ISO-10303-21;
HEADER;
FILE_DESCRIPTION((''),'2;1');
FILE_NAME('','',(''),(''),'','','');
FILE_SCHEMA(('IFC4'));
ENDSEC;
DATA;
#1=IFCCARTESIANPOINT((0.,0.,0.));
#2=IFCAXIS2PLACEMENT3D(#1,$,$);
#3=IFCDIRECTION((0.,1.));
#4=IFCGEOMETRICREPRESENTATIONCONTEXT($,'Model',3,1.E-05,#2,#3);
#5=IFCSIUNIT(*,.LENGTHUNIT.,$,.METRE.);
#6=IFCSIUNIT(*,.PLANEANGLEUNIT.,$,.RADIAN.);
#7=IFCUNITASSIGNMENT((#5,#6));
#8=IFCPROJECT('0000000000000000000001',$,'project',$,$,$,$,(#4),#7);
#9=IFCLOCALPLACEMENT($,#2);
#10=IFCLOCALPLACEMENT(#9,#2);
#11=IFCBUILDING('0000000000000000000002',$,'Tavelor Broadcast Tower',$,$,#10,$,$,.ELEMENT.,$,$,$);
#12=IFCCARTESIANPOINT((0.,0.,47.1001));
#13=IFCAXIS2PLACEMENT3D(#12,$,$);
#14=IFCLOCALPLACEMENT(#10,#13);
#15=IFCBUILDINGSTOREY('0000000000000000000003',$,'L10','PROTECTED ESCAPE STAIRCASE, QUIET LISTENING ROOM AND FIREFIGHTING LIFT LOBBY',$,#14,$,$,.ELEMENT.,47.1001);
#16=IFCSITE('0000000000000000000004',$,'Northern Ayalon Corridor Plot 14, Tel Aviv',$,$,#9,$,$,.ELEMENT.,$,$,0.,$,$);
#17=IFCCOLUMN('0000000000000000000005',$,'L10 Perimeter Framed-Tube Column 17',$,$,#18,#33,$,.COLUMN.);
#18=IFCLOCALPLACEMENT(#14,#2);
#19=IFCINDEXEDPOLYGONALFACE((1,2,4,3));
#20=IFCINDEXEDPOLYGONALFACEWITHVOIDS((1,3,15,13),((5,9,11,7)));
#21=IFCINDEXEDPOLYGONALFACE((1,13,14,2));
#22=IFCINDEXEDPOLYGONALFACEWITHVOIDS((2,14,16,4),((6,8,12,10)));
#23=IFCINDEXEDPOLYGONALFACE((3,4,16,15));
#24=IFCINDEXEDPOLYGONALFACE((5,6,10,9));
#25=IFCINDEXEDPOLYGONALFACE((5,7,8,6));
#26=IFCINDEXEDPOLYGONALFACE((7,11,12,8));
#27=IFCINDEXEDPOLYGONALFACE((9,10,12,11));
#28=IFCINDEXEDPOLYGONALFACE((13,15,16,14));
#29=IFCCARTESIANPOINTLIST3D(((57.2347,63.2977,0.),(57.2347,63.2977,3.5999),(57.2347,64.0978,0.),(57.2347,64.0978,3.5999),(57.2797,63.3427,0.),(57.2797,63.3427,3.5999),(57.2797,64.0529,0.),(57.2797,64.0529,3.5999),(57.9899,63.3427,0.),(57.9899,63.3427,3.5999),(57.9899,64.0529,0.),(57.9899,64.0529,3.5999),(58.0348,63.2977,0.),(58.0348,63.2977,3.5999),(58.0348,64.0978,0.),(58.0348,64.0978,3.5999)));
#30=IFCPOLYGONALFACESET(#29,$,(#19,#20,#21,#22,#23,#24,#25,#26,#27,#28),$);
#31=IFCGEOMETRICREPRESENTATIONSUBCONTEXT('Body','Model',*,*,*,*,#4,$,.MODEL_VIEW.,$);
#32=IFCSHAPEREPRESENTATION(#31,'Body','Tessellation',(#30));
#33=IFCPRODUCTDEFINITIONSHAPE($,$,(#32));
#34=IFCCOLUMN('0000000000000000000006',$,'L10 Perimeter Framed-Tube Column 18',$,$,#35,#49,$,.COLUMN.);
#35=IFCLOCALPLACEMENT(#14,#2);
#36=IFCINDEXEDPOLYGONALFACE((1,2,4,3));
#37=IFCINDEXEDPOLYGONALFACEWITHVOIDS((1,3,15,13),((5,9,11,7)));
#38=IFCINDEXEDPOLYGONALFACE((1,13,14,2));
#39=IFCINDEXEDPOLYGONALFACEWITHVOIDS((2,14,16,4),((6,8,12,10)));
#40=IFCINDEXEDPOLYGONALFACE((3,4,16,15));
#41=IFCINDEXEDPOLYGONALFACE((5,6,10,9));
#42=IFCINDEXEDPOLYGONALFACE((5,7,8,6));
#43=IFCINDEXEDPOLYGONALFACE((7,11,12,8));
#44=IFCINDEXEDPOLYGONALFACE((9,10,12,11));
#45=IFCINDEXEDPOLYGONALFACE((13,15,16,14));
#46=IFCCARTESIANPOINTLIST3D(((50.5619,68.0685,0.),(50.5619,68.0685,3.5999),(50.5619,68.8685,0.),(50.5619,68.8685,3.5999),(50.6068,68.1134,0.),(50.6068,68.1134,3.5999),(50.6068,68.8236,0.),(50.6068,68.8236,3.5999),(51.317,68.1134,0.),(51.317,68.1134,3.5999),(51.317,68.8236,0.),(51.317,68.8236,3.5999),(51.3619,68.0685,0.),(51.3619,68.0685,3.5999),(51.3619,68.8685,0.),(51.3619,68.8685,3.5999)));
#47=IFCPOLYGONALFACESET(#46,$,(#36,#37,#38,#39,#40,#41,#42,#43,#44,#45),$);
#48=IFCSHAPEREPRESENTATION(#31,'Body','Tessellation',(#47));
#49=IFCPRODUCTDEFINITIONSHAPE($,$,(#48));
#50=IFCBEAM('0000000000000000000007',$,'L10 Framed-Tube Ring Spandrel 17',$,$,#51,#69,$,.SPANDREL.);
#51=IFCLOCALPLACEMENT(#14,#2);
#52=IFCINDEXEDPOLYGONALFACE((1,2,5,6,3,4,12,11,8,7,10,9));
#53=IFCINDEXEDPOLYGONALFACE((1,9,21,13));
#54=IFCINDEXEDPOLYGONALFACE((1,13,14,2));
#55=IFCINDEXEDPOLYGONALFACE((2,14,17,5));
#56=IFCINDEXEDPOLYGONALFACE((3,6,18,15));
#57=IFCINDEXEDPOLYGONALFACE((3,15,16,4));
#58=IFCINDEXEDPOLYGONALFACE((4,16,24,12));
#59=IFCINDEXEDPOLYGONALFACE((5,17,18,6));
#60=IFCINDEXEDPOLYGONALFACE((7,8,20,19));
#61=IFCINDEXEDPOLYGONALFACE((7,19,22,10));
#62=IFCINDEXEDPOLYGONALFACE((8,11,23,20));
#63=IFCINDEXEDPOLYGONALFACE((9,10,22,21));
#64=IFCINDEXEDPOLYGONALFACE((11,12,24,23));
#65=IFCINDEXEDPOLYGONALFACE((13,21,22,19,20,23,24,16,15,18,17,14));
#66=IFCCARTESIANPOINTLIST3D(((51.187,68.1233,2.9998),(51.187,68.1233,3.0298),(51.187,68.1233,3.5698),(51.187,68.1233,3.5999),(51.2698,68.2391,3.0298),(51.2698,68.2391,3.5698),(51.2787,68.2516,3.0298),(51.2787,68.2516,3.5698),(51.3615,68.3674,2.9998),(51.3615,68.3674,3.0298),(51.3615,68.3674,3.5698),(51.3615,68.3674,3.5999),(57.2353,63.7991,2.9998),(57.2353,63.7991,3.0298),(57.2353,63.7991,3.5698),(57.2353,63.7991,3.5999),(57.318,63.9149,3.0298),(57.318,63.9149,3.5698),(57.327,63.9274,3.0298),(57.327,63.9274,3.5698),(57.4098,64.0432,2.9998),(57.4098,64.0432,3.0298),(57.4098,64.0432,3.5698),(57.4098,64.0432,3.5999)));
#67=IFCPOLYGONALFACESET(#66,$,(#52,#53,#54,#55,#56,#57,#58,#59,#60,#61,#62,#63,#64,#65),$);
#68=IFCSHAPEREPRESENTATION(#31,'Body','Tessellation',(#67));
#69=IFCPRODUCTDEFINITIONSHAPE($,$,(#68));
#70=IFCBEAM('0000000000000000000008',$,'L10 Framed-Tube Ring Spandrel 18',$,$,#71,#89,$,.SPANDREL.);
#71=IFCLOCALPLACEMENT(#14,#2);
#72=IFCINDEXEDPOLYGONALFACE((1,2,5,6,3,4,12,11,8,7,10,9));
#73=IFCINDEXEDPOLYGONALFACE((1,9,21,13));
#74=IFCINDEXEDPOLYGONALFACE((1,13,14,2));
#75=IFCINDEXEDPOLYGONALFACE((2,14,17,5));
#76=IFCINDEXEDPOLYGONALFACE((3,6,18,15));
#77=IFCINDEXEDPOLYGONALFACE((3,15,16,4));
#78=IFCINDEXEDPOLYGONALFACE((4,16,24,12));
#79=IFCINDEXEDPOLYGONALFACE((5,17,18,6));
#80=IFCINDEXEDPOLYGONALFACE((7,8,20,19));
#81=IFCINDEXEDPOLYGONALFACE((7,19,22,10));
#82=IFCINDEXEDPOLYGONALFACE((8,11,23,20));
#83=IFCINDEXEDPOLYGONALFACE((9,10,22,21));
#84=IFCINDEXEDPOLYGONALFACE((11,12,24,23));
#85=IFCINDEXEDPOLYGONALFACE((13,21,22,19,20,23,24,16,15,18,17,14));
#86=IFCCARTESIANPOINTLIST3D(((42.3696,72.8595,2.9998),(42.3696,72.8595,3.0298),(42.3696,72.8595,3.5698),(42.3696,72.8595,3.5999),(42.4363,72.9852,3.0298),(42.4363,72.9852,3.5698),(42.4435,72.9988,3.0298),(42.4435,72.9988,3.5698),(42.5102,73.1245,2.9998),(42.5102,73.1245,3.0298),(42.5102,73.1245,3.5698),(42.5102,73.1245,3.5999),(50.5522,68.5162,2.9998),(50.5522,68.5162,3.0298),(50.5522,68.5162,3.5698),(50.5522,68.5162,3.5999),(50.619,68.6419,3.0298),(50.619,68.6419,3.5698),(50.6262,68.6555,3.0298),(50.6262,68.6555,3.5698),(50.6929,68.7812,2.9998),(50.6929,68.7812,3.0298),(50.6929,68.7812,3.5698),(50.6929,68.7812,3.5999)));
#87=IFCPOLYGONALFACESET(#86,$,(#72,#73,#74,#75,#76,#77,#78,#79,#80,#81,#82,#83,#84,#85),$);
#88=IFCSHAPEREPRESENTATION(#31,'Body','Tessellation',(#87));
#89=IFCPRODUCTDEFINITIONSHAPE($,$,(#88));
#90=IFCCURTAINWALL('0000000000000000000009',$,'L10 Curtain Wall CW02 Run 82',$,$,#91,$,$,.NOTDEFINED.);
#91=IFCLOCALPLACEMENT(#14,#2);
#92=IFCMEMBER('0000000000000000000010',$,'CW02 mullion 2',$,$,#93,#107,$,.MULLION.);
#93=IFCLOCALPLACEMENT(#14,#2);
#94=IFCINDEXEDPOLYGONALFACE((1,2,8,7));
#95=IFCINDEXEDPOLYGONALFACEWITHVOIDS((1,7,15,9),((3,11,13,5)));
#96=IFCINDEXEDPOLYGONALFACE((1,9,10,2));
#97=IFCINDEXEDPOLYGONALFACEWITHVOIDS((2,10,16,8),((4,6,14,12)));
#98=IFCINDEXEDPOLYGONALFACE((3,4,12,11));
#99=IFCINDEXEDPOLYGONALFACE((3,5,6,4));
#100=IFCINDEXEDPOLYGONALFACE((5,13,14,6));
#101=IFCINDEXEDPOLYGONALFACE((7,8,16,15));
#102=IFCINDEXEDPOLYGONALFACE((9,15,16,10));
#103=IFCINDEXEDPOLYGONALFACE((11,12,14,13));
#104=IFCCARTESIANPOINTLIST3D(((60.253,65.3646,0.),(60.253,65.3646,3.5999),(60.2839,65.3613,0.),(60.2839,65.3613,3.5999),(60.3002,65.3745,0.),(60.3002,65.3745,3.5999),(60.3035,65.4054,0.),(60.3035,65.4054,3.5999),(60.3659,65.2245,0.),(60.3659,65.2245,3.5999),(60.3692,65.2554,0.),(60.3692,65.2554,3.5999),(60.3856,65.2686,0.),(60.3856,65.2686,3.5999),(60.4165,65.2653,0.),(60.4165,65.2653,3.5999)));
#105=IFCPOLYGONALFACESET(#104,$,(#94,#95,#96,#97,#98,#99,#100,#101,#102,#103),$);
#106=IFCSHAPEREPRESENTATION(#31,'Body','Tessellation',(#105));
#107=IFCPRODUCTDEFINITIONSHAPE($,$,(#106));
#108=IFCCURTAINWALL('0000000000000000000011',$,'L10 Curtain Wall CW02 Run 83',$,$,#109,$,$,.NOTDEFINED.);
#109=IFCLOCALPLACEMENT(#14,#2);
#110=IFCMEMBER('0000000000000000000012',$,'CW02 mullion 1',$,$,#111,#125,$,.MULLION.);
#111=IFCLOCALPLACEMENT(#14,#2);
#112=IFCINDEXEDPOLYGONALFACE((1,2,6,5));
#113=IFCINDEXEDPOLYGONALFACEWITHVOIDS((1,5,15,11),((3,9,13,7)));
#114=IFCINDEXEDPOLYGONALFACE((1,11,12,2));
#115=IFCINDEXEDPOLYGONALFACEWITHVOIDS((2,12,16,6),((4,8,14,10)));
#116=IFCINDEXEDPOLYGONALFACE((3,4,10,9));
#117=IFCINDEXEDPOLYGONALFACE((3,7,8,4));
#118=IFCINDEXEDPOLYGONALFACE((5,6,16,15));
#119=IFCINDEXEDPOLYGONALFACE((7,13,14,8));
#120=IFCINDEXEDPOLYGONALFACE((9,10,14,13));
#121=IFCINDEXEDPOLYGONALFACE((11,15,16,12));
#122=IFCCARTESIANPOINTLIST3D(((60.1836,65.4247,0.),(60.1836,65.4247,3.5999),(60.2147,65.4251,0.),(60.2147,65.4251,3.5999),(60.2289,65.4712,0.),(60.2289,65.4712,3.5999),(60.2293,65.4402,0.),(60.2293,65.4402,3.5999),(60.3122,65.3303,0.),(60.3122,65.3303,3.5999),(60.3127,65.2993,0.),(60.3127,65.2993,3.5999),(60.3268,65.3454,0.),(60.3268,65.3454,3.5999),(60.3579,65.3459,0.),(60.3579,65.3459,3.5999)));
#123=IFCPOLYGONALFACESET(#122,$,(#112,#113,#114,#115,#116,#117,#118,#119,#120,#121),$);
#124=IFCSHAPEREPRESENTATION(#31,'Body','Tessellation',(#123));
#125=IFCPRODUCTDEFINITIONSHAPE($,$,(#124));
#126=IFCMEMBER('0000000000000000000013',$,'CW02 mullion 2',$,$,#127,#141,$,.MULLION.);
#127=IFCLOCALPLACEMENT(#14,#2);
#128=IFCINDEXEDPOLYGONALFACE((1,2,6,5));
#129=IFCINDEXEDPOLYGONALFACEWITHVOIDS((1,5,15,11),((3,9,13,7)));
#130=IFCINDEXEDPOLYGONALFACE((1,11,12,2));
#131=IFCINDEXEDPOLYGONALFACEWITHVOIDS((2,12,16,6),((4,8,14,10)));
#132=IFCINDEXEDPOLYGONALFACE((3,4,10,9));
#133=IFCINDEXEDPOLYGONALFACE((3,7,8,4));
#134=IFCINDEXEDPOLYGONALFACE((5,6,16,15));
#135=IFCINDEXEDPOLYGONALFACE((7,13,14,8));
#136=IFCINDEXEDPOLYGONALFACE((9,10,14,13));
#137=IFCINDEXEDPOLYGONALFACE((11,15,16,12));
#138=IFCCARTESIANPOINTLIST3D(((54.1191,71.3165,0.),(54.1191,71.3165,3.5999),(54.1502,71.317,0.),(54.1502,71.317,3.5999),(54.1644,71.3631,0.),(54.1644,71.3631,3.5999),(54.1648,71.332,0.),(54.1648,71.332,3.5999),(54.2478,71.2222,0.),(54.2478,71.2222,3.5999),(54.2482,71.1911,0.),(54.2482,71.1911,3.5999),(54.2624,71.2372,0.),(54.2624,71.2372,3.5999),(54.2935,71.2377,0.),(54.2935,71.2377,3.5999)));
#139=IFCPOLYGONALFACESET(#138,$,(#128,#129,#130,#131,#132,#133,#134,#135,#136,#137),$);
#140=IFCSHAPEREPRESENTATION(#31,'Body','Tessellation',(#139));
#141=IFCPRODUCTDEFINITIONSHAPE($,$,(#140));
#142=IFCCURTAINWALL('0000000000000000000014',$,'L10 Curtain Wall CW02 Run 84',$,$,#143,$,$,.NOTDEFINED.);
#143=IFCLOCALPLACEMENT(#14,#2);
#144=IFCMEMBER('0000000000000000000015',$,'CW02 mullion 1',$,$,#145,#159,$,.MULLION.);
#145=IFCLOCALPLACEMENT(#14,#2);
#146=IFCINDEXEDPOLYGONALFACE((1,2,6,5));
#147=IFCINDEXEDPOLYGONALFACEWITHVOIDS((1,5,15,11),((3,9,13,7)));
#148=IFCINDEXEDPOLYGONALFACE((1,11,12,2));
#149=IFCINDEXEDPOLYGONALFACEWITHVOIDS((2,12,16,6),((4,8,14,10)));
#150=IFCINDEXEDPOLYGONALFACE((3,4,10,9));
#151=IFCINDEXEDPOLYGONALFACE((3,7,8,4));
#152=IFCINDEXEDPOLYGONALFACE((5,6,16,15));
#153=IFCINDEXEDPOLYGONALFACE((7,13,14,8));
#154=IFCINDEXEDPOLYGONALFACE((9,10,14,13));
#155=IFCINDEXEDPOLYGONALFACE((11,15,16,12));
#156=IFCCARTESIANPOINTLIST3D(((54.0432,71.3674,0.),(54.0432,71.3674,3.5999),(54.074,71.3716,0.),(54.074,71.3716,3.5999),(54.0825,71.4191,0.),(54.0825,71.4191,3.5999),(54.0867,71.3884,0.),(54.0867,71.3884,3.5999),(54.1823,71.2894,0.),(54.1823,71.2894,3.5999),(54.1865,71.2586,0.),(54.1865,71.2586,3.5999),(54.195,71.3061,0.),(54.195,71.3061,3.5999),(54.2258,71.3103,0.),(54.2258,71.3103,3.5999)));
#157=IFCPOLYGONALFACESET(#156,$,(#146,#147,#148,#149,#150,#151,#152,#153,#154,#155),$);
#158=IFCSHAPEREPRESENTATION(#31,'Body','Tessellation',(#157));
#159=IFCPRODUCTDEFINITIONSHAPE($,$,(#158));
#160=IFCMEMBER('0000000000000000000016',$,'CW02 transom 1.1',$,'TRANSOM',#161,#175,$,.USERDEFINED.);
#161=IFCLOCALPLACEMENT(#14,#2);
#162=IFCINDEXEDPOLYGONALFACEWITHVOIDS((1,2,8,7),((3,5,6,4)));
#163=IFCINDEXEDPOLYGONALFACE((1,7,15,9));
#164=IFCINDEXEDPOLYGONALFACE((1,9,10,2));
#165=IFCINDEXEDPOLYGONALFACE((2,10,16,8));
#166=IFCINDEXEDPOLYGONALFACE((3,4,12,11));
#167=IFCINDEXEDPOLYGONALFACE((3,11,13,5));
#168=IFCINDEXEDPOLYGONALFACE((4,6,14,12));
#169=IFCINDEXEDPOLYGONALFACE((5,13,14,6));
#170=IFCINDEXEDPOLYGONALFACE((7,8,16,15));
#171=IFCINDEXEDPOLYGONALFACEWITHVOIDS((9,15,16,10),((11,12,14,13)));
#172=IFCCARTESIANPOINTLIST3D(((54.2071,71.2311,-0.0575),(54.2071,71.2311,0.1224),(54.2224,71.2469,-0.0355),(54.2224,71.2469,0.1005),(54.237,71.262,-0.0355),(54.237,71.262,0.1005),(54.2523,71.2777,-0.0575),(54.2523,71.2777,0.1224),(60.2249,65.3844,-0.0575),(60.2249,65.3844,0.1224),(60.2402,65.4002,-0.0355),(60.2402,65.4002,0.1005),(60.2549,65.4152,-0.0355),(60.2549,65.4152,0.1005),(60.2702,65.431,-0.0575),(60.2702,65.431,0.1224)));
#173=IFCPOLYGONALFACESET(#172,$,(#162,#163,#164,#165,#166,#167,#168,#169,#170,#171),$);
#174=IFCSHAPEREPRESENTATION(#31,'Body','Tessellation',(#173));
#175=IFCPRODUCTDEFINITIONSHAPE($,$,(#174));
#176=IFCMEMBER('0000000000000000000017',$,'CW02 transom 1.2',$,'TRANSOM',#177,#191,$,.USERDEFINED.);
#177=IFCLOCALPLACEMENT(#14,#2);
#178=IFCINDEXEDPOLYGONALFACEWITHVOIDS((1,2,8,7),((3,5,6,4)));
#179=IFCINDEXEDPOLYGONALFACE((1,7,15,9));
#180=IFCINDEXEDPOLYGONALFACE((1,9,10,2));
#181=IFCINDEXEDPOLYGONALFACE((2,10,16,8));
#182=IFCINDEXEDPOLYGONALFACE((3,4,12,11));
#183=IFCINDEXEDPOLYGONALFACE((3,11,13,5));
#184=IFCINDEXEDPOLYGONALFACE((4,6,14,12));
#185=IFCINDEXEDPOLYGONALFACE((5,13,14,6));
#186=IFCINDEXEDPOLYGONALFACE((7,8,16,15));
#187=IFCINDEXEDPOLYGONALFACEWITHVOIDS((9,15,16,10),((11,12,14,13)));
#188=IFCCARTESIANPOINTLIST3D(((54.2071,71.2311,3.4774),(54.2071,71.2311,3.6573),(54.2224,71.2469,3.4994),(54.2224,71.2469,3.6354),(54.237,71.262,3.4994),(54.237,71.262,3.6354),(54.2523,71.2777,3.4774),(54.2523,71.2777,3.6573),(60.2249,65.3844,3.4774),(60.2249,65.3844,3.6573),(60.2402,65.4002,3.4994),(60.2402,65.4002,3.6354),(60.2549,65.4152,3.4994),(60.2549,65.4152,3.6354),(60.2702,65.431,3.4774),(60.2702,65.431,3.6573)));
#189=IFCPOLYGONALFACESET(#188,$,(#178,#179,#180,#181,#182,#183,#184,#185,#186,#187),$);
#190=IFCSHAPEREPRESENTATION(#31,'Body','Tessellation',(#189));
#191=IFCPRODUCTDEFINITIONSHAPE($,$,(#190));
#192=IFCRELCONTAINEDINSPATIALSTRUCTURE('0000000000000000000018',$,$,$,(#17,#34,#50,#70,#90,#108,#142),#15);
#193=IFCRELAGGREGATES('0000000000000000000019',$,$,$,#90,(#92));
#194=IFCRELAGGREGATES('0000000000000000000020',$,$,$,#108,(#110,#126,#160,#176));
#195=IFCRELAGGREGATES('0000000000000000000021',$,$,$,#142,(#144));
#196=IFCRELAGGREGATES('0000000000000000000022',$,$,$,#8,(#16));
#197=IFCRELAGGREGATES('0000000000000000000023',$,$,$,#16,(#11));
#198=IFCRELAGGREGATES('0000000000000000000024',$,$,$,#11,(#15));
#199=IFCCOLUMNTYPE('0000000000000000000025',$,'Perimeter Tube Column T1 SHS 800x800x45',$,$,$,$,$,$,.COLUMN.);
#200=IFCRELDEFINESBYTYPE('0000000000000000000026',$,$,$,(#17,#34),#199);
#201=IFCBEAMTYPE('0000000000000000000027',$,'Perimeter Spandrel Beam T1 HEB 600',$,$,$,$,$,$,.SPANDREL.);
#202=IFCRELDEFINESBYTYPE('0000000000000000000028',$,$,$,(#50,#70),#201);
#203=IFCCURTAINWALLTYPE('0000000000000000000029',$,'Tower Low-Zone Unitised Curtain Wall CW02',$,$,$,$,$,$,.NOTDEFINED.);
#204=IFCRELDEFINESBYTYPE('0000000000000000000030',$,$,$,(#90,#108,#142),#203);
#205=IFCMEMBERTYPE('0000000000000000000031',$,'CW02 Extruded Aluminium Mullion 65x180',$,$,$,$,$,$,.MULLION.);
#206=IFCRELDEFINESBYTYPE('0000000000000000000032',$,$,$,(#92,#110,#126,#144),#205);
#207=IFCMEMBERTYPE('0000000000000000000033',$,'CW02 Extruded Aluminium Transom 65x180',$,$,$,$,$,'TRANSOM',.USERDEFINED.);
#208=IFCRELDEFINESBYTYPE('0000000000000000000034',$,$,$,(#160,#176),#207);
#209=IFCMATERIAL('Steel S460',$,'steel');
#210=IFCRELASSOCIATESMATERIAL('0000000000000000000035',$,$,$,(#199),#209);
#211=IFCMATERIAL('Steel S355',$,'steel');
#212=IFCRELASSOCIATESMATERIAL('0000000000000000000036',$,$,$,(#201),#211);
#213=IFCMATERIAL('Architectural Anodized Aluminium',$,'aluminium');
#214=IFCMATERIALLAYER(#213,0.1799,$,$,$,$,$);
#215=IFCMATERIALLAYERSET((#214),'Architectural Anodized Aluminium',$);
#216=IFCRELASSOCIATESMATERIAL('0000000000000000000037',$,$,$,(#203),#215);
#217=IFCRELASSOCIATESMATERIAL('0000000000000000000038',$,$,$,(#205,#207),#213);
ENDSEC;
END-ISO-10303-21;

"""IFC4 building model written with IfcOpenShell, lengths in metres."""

from ifc_helpers import new_model, si_unit, direction, frame, origin, origin_2d, place, context, subcontext, project, spatial, hollow_rectangle, i_section, extrude, source, transform, mapped, material, layer, layer_set, material_profile, profile_set, type_object, type_shapes, element, aggregate, save


model = new_model("IFC4")

# Units and contexts
model_context = context("Model", 3, precision=1e-05, world=origin(), true_north=direction((0.0, 1.0)))
body_context = subcontext(model_context, "Body", "Model", "MODEL_VIEW")
ifc_project = project(units=[si_unit("LENGTHUNIT", "METRE"), si_unit("PLANEANGLEUNIT", "RADIAN")], contexts=[model_context])

# Site, building, storey
site_placement = place(None, origin())
site = spatial("IfcSite", under=ifc_project, at=site_placement, Name="Northern Ayalon Corridor Plot 14, Tel Aviv", CompositionType="ELEMENT", RefElevation=0.0)
building_placement = place(site_placement, origin())
building = spatial("IfcBuilding", under=site, at=building_placement, Name="Tavelor Broadcast Tower", CompositionType="ELEMENT")
storey_placement = place(building_placement, frame((0.0, 0.0, 47.1001)))
storey = spatial("IfcBuildingStorey", under=building, at=storey_placement, Name="L10", Description="PROTECTED ESCAPE STAIRCASE, QUIET LISTENING ROOM AND FIREFIGHTING LIFT LOBBY", CompositionType="ELEMENT", Elevation=47.1001)

# Columns
ifc_material_1 = material(Name="Steel S460", Category="steel")
ifc_material_profile_1 = material_profile(ifc_material_1, hollow_rectangle(XDim=0.8, YDim=0.8, WallThickness=0.0449, at=origin_2d()), Name="SHS 800x800x45")
ifc_profile_set_1 = profile_set([ifc_material_profile_1], Name="Steel S460")
column_type = type_object("IfcColumnType", Name="Perimeter Tube Column T1 SHS 800x800x45", PredefinedType="COLUMN", material=ifc_profile_set_1)
for number, where, z_axis, x_axis, name in (
    (1, (57.6348, 63.6978, 0.0), (0.0, 0.0, 1.0), (1.0, 0.0, 0.0), "L10 Perimeter Framed-Tube Column 17"),
    (2, (50.9619, 68.4685, 0.0), (0.0, 0.0, 1.0), (1.0, 0.0, 0.0), "L10 Perimeter Framed-Tube Column 18"),
):
    element("IfcColumn", number, at=place(storey_placement, frame(where, z_axis=z_axis, x_axis=x_axis)), inside=storey, type_object=column_type, Name=name, PredefinedType="COLUMN", context=body_context, shape_type="SweptSolid", body=[
        extrude(hollow_rectangle(XDim=0.8, YDim=0.8, WallThickness=0.0449, at=origin_2d()), origin(), (0.0, 0.0, 1.0), 3.5999),
    ])

# Beams
ifc_material_2 = material(Name="Steel S355", Category="steel")
ifc_material_profile_2 = material_profile(ifc_material_2, i_section(OverallWidth=0.3, OverallDepth=0.6001, WebThickness=0.0154, FlangeThickness=0.03, at=origin_2d()), Name="HEB 600")
ifc_profile_set_2 = profile_set([ifc_material_profile_2], Name="Steel S355")
beam_type = type_object("IfcBeamType", Name="Perimeter Spandrel Beam T1 HEB 600", PredefinedType="SPANDREL", material=ifc_profile_set_2)
beam_1_placement = place(storey_placement, frame((57.3225, 63.9211, 3.2998), z_axis=(-0.81348, 0.581592, 0.0), x_axis=(-0.581592, -0.81348, 0.0)))
element("IfcBeam", 3, at=beam_1_placement, inside=storey, type_object=beam_type, Name="L10 Framed-Tube Ring Spandrel 17", PredefinedType="SPANDREL", context=body_context, shape_type="SweptSolid", body=[
    extrude(i_section(OverallWidth=0.3, OverallDepth=0.6001, WebThickness=0.0154, FlangeThickness=0.03, at=origin_2d()), origin(), (0.0, 0.0, 1.0), 7.4351),
])
beam_2_placement = place(storey_placement, frame((50.6226, 68.6487, 3.2998), z_axis=(-0.883284, 0.468839, 0.0), x_axis=(-0.468839, -0.883284, 0.0)))
element("IfcBeam", 4, at=beam_2_placement, inside=storey, type_object=beam_type, Name="L10 Framed-Tube Ring Spandrel 18", PredefinedType="SPANDREL", context=body_context, shape_type="SweptSolid", body=[
    extrude(i_section(OverallWidth=0.3, OverallDepth=0.6001, WebThickness=0.0154, FlangeThickness=0.03, at=origin_2d()), origin(), (0.0, 0.0, 1.0), 9.2639),
])

# Curtain wall, member
ifc_material_3 = material(Name="Architectural Anodized Aluminium", Category="aluminium")
ifc_layer_1 = layer(ifc_material_3, 0.1799)
ifc_layer_set_1 = layer_set([ifc_layer_1], Name="Architectural Anodized Aluminium")
curtain_wall_type = type_object("IfcCurtainWallType", Name="Tower Low-Zone Unitised Curtain Wall CW02", PredefinedType="NOTDEFINED", material=ifc_layer_set_1)
curtain_wall_1_placement = place(storey_placement, origin())
curtain_wall_1 = element("IfcCurtainWall", 5, at=curtain_wall_1_placement, inside=storey, type_object=curtain_wall_type, Name="L10 Curtain Wall CW02 Run 82", PredefinedType="NOTDEFINED")
ifc_material_profile_3 = material_profile(ifc_material_3, hollow_rectangle(XDim=0.0649, YDim=0.1799, WallThickness=0.022, at=origin_2d()), Name="RHS 65x180x22")
ifc_profile_set_3 = profile_set([ifc_material_profile_3], Name="Architectural Anodized Aluminium")
member_type_1 = type_object("IfcMemberType", Name="CW02 Extruded Aluminium Mullion 65x180", PredefinedType="MULLION", material=ifc_profile_set_3)
shared_shape_1 = source(origin(), body_context, "Body", "SweptSolid", [
    extrude(hollow_rectangle(XDim=0.0649, YDim=0.1799, WallThickness=0.022, at=origin_2d()), origin(), (0.0, 0.0, 1.0), 3.5999),
])
type_shapes(member_type_1, [shared_shape_1])
member_1_placement = place(storey_placement, frame((60.3347, 65.3149, 0.0), z_axis=(0.0, 0.0, 1.0), x_axis=(-0.778514, -0.627628, 0.0)))
member_1 = element("IfcMember", 6, at=member_1_placement, type_object=member_type_1, Name="CW02 mullion 2", PredefinedType="MULLION", context=body_context, shape_type="MappedRepresentation", body=[
    mapped(shared_shape_1, transform((0.0, 0.0, 0.0), scale=1.0)),
])
aggregate(curtain_wall_1, [member_1])

# Curtain wall, members
curtain_wall_2_placement = place(storey_placement, origin())
curtain_wall_2 = element("IfcCurtainWall", 7, at=curtain_wall_2_placement, inside=storey, type_object=curtain_wall_type, Name="L10 Curtain Wall CW02 Run 83", PredefinedType="NOTDEFINED")
member_2_placement = place(storey_placement, frame((60.2708, 65.3853, 0.0), z_axis=(0.0, 0.0, 1.0), x_axis=(-0.696834, -0.717232, 0.0)))
member_2 = element("IfcMember", 8, at=member_2_placement, type_object=member_type_1, Name="CW02 mullion 1", PredefinedType="MULLION", context=body_context, shape_type="MappedRepresentation", body=[
    mapped(shared_shape_1, transform((0.0, 0.0, 0.0), scale=1.0)),
])
member_3_placement = place(storey_placement, frame((54.2063, 71.2771, 0.0), z_axis=(0.0, 0.0, 1.0), x_axis=(-0.696834, -0.717232, 0.0)))
member_3 = element("IfcMember", 9, at=member_3_placement, type_object=member_type_1, Name="CW02 mullion 2", PredefinedType="MULLION", context=body_context, shape_type="MappedRepresentation", body=[
    mapped(shared_shape_1, transform((0.0, 0.0, 0.0), scale=1.0)),
])

# Curtain wall, member
curtain_wall_3_placement = place(storey_placement, origin())
curtain_wall_3 = element("IfcCurtainWall", 10, at=curtain_wall_3_placement, inside=storey, type_object=curtain_wall_type, Name="L10 Curtain Wall CW02 Run 84", PredefinedType="NOTDEFINED")
member_4_placement = place(storey_placement, frame((54.1345, 71.3389, 0.0), z_axis=(0.0, 0.0, 1.0), x_axis=(-0.604939, -0.796272, 0.0)))
member_4 = element("IfcMember", 11, at=member_4_placement, type_object=member_type_1, Name="CW02 mullion 1", PredefinedType="MULLION", context=body_context, shape_type="MappedRepresentation", body=[
    mapped(shared_shape_1, transform((0.0, 0.0, 0.0), scale=1.0)),
])

# Members
ifc_material_profile_4 = material_profile(ifc_material_3, hollow_rectangle(XDim=0.0649, YDim=0.1799, WallThickness=0.022, at=origin_2d()), Name="RHS 65x180x22")
ifc_profile_set_4 = profile_set([ifc_material_profile_4], Name="Architectural Anodized Aluminium")
member_type_2 = type_object("IfcMemberType", Name="CW02 Extruded Aluminium Transom 65x180", ElementType="TRANSOM", PredefinedType="USERDEFINED", material=ifc_profile_set_4)
shared_shape_2 = source(origin(), body_context, "Body", "SweptSolid", [
    extrude(hollow_rectangle(XDim=0.0649, YDim=0.1799, WallThickness=0.022, at=origin_2d()), origin(), (0.0, 0.0, 1.0), 8.3904),
])
member_5_placement = place(storey_placement, frame((60.2476, 65.4077, 0.0325), z_axis=(-0.717232, 0.696834, 0.0), x_axis=(-0.696834, -0.717232, 0.0)))
member_5 = element("IfcMember", 12, at=member_5_placement, type_object=member_type_2, Name="CW02 transom 1.1", ObjectType="TRANSOM", PredefinedType="USERDEFINED", context=body_context, shape_type="MappedRepresentation", body=[
    mapped(shared_shape_2, transform((0.0, 0.0, 0.0), scale=1.0)),
])
member_6_placement = place(storey_placement, frame((60.2476, 65.4077, 3.5674), z_axis=(-0.717232, 0.696834, 0.0), x_axis=(-0.696834, -0.717232, 0.0)))
member_6 = element("IfcMember", 13, at=member_6_placement, type_object=member_type_2, Name="CW02 transom 1.2", ObjectType="TRANSOM", PredefinedType="USERDEFINED", context=body_context, shape_type="MappedRepresentation", body=[
    mapped(shared_shape_2, transform((0.0, 0.0, 0.0), scale=1.0)),
])

aggregate(curtain_wall_2, [member_2, member_3, member_5, member_6])
aggregate(curtain_wall_3, [member_4])

save(model, "model.ifc")
